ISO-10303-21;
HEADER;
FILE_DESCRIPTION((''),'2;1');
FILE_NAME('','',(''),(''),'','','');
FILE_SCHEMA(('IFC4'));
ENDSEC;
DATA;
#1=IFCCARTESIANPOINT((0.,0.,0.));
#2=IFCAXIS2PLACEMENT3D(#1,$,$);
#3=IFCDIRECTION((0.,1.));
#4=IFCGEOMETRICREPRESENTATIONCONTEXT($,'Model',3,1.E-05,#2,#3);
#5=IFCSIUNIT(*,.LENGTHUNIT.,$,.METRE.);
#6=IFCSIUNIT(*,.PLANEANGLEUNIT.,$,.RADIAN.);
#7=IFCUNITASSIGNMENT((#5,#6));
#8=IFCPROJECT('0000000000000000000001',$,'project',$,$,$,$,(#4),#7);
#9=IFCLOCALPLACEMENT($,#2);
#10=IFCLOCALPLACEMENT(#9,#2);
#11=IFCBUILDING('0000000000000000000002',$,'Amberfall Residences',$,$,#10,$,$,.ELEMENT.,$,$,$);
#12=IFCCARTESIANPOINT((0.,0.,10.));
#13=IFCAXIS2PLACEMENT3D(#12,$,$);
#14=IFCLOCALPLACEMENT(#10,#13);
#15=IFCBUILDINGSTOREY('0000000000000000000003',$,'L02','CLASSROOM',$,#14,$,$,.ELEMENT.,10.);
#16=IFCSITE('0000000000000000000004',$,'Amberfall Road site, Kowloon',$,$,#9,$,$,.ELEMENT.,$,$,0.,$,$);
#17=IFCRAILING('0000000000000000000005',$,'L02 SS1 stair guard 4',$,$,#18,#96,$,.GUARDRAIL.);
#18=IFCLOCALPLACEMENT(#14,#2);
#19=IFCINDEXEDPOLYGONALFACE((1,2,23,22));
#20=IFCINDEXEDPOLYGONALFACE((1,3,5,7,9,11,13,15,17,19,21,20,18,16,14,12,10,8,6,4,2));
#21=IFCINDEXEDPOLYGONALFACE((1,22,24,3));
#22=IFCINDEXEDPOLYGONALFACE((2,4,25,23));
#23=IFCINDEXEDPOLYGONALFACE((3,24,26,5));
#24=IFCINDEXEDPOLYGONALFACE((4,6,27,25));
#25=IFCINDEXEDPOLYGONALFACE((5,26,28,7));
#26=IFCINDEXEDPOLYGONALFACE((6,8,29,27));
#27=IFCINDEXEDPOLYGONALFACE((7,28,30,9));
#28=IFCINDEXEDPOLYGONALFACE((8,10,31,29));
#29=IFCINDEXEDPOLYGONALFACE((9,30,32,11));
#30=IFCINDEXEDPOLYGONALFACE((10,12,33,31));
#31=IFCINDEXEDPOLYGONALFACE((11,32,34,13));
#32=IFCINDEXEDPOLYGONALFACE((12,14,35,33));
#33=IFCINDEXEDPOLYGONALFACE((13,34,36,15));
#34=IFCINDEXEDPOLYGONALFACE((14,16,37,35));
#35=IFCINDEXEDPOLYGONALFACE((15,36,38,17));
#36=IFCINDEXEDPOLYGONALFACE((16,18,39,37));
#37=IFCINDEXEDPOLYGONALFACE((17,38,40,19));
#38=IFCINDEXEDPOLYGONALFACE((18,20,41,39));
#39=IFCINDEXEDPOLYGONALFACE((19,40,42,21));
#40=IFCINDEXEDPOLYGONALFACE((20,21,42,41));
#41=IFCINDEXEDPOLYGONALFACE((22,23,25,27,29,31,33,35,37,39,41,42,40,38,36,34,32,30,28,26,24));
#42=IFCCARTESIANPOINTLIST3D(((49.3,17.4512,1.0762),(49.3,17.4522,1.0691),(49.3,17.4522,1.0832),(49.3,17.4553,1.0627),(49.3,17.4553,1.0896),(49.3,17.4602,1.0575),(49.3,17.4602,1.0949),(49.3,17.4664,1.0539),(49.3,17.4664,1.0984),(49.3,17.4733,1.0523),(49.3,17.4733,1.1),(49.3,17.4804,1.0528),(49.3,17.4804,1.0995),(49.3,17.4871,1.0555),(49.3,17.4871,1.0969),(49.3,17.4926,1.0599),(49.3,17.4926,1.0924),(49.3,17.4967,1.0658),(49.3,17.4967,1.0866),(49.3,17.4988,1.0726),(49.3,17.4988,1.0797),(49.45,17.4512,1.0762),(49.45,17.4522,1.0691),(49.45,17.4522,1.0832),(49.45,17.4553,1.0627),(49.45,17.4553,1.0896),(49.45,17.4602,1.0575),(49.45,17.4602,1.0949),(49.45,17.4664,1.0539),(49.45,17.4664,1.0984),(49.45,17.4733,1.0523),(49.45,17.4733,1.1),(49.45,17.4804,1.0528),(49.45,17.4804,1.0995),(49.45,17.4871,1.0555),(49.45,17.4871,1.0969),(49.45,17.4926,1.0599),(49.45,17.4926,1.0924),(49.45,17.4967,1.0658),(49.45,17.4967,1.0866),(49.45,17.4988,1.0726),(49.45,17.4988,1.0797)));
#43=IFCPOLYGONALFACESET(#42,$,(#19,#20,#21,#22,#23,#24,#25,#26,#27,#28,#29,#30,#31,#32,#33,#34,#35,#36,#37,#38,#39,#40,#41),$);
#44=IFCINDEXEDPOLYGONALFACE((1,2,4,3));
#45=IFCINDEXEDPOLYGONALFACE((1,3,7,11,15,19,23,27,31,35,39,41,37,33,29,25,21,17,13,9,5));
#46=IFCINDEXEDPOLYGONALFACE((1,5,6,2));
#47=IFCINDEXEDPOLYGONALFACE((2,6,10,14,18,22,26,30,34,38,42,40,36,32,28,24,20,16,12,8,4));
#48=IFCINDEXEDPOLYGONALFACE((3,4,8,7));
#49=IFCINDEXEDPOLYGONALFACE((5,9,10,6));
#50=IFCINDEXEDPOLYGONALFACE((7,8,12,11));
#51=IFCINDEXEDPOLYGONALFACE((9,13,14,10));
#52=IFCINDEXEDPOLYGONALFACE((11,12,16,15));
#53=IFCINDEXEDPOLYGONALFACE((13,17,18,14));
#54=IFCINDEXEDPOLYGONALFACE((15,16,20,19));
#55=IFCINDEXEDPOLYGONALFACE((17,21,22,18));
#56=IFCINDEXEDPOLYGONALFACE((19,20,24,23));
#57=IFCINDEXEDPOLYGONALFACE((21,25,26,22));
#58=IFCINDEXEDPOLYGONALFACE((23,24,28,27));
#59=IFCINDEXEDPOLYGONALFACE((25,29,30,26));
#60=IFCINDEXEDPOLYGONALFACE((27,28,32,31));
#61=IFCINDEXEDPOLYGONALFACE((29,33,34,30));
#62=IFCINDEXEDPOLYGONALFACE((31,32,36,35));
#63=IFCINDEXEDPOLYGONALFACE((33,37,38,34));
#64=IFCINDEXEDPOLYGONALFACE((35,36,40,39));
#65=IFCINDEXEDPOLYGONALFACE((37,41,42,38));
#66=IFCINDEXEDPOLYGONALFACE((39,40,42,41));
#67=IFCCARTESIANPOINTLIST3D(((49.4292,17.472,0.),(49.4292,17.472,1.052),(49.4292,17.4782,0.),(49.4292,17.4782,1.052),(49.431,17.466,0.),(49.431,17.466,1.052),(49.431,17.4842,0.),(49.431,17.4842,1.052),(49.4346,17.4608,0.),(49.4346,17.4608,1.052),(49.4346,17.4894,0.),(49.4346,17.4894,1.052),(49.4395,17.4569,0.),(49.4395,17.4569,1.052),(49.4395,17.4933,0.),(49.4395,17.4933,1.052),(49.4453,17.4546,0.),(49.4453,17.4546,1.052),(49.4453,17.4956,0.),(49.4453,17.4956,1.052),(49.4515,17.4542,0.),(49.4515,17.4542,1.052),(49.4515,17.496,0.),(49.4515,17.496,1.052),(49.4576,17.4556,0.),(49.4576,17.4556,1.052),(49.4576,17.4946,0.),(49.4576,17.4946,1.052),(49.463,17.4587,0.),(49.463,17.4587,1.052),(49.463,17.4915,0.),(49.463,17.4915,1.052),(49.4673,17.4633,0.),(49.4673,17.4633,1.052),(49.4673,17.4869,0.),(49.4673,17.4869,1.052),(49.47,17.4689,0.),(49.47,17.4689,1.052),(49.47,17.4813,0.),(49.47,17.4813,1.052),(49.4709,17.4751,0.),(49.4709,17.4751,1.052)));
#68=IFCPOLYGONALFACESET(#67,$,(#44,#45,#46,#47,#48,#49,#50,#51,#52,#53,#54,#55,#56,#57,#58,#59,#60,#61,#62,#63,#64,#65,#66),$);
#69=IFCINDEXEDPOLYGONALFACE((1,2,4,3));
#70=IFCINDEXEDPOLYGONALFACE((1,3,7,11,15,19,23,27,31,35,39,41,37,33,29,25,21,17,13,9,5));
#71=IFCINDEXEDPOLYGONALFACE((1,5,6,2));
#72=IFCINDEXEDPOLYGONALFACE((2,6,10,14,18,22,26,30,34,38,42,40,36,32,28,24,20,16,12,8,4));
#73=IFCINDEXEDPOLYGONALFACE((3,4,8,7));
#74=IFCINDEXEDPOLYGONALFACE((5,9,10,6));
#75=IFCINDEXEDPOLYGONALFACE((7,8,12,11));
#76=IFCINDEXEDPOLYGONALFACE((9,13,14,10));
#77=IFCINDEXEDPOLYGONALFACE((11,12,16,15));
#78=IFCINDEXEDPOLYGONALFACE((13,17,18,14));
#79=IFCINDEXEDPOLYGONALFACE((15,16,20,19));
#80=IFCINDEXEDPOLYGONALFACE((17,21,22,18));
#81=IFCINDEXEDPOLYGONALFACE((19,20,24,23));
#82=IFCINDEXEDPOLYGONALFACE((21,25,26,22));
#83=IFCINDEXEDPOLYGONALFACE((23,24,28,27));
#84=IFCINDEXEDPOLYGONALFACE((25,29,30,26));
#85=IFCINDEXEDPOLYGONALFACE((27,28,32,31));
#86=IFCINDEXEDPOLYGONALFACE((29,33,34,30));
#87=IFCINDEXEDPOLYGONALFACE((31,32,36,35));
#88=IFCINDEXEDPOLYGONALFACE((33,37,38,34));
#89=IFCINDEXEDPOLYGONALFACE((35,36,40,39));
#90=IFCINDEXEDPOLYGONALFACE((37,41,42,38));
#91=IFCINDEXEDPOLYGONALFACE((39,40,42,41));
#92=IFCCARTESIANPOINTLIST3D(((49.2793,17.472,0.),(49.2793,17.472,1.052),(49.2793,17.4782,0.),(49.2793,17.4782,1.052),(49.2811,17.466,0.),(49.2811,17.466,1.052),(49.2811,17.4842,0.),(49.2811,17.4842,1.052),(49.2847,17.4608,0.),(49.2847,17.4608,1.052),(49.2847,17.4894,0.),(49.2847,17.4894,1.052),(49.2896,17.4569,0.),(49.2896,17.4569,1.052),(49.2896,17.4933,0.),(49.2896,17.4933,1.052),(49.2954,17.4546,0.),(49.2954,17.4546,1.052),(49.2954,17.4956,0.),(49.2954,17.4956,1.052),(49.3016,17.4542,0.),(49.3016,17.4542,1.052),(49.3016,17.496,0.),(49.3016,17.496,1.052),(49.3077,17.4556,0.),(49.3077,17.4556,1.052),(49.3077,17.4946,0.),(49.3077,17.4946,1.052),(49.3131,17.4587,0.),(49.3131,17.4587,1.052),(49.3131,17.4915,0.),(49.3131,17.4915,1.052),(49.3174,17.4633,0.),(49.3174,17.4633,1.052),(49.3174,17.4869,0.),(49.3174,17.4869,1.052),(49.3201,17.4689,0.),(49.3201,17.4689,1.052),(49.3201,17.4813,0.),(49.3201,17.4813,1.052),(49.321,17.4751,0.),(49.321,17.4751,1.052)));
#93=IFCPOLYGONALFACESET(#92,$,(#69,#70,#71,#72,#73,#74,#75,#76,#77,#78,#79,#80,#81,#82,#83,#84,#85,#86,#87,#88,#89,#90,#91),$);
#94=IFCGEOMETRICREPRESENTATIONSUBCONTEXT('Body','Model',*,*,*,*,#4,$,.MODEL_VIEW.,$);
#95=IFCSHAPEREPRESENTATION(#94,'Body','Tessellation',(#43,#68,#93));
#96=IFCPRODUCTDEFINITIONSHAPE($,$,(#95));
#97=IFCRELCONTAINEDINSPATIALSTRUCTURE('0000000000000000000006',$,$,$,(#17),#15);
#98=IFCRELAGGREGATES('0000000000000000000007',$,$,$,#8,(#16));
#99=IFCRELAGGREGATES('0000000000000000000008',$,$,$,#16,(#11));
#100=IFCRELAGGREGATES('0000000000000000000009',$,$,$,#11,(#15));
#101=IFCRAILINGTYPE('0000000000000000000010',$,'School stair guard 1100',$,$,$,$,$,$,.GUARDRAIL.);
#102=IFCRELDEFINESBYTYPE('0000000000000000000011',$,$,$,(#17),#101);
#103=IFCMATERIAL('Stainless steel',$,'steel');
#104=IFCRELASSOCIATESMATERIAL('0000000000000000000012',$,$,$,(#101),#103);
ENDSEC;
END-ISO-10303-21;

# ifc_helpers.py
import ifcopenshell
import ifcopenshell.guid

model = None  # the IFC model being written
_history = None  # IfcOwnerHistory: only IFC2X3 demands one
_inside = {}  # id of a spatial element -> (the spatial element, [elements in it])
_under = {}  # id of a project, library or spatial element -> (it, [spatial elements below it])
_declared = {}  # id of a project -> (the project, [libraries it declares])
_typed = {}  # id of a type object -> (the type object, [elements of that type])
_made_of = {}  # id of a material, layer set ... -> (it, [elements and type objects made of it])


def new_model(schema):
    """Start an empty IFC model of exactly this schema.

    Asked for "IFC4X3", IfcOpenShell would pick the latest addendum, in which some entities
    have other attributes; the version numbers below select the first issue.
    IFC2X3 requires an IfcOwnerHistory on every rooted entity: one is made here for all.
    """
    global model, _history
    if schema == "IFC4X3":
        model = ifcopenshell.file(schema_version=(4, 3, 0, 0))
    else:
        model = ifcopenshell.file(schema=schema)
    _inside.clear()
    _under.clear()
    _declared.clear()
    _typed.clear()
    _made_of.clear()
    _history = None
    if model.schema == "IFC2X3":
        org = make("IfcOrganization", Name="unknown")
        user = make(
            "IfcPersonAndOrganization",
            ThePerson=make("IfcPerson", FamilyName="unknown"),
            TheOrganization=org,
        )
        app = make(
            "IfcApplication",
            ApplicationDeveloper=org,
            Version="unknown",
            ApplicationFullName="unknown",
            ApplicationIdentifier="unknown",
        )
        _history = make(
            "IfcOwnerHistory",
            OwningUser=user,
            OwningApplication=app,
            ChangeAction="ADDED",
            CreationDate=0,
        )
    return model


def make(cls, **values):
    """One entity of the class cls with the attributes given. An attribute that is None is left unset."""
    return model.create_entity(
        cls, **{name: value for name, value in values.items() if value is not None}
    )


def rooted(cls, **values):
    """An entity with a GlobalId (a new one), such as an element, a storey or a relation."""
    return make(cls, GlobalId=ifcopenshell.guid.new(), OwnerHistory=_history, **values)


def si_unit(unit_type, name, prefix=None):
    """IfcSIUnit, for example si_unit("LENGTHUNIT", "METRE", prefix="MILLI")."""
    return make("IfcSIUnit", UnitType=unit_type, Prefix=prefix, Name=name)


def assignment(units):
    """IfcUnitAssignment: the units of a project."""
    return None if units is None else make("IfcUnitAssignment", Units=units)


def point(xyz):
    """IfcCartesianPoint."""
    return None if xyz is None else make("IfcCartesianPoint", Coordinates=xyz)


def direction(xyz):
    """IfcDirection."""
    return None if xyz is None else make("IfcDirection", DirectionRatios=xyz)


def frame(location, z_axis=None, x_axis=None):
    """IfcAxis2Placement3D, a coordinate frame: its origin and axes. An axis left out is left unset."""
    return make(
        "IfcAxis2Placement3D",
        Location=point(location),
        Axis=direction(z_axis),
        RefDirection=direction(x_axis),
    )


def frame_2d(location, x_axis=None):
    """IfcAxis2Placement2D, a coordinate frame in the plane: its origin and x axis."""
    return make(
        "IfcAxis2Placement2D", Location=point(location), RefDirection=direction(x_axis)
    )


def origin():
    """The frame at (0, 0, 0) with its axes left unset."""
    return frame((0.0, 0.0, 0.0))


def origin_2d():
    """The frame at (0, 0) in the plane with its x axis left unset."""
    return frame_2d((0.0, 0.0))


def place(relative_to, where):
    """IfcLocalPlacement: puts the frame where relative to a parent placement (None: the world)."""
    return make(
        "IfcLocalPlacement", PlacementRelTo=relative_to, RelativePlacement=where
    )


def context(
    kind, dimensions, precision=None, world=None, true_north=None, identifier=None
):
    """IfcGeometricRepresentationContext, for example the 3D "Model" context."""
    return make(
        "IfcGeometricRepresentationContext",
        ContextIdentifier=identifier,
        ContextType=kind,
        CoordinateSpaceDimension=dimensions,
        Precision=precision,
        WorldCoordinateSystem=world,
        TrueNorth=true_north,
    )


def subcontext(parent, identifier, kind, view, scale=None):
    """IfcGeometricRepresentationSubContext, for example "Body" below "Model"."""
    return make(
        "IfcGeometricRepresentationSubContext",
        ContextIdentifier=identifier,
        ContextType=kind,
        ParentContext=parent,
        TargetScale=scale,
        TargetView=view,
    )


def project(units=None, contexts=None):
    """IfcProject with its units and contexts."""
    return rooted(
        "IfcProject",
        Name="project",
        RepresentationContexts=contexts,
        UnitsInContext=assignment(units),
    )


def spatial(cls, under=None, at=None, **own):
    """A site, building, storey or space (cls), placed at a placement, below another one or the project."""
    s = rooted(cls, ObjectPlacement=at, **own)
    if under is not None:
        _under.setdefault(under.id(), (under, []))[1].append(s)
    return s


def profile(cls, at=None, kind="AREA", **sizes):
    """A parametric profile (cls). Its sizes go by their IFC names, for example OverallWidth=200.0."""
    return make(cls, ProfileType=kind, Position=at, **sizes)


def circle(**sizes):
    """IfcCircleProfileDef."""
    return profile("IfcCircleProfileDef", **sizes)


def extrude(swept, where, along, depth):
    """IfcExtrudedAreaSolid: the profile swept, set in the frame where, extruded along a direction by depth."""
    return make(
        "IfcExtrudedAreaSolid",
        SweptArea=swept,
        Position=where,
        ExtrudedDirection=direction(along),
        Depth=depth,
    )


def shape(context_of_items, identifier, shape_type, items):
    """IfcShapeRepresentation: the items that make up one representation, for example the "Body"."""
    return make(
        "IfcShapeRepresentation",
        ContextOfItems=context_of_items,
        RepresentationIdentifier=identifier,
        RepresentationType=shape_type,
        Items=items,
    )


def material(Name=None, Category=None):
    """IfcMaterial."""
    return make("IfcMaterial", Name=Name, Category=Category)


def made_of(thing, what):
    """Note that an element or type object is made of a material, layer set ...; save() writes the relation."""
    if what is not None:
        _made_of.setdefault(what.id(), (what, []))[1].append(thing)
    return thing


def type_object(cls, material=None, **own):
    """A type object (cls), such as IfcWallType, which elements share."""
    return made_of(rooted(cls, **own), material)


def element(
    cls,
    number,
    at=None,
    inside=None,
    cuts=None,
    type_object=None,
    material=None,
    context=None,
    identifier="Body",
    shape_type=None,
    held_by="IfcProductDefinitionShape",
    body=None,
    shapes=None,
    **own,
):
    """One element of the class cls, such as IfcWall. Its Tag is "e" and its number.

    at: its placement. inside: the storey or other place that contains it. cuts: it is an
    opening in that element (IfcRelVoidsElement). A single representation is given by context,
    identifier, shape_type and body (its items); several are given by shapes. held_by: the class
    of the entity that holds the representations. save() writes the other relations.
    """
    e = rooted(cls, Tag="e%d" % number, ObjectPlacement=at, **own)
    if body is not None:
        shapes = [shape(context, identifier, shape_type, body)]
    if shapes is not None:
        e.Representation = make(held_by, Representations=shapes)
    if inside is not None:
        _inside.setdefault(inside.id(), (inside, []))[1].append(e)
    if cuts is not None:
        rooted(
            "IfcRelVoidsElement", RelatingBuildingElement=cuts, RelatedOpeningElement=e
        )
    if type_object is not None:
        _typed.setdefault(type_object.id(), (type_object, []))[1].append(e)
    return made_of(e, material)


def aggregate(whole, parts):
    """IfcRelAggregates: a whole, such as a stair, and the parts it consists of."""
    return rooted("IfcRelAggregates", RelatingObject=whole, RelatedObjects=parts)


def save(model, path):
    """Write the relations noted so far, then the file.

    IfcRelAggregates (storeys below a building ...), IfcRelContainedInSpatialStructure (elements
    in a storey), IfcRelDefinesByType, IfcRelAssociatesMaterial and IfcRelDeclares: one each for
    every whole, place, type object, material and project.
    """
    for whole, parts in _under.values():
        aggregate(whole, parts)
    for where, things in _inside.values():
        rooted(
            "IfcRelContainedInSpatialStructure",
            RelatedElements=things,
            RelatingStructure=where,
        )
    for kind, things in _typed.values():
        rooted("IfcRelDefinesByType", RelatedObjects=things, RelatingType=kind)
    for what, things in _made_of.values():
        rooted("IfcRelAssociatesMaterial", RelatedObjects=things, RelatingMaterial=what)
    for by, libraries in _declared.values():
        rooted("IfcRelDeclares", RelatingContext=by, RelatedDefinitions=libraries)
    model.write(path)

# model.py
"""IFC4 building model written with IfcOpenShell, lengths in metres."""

from ifc_helpers import new_model, si_unit, direction, frame, origin, origin_2d, place, context, subcontext, project, spatial, circle, extrude, material, type_object, element, save


model = new_model("IFC4")

# Units and contexts
model_context = context("Model", 3, precision=1e-05, world=origin(), true_north=direction((0.0, 1.0)))
body_context = subcontext(model_context, "Body", "Model", "MODEL_VIEW")
ifc_project = project(units=[si_unit("LENGTHUNIT", "METRE"), si_unit("PLANEANGLEUNIT", "RADIAN")], contexts=[model_context])

# Site, building, storey
site_placement = place(None, origin())
site = spatial("IfcSite", under=ifc_project, at=site_placement, Name="Amberfall Road site, Kowloon", CompositionType="ELEMENT", RefElevation=0.0)
building_placement = place(site_placement, origin())
building = spatial("IfcBuilding", under=site, at=building_placement, Name="Amberfall Residences", CompositionType="ELEMENT")
storey_placement = place(building_placement, frame((0.0, 0.0, 10.0)))
storey = spatial("IfcBuildingStorey", under=building, at=storey_placement, Name="L02", Description="CLASSROOM", CompositionType="ELEMENT", Elevation=10.0)

# Railing
ifc_material_1 = material(Name="Stainless steel", Category="steel")
railing_type_1 = type_object("IfcRailingType", Name="School stair guard 1100", PredefinedType="GUARDRAIL", material=ifc_material_1)
railing_1_placement = place(storey_placement, frame((49.45, 17.4751, 0.0)))
element("IfcRailing", 1, at=railing_1_placement, inside=storey, type_object=railing_type_1, Name="L02 SS1 stair guard 4", PredefinedType="GUARDRAIL", context=body_context, shape_type="SweptSolid", body=[
    extrude(circle(Radius=0.0239, at=origin_2d()), frame((0.0, 0.0, 1.0762), z_axis=(-1.0, 0.0, 0.0), x_axis=(0.0, -1.0, 0.0)), (0.0, 0.0, 1.0), 0.1499),
    extrude(circle(Radius=0.021, at=origin_2d()), origin(), (0.0, 0.0, 1.0), 1.052),
    extrude(circle(Radius=0.021, at=origin_2d()), frame((-0.1499, 0.0, 0.0)), (0.0, 0.0, 1.0), 1.052),
])

save(model, "model.ifc")
